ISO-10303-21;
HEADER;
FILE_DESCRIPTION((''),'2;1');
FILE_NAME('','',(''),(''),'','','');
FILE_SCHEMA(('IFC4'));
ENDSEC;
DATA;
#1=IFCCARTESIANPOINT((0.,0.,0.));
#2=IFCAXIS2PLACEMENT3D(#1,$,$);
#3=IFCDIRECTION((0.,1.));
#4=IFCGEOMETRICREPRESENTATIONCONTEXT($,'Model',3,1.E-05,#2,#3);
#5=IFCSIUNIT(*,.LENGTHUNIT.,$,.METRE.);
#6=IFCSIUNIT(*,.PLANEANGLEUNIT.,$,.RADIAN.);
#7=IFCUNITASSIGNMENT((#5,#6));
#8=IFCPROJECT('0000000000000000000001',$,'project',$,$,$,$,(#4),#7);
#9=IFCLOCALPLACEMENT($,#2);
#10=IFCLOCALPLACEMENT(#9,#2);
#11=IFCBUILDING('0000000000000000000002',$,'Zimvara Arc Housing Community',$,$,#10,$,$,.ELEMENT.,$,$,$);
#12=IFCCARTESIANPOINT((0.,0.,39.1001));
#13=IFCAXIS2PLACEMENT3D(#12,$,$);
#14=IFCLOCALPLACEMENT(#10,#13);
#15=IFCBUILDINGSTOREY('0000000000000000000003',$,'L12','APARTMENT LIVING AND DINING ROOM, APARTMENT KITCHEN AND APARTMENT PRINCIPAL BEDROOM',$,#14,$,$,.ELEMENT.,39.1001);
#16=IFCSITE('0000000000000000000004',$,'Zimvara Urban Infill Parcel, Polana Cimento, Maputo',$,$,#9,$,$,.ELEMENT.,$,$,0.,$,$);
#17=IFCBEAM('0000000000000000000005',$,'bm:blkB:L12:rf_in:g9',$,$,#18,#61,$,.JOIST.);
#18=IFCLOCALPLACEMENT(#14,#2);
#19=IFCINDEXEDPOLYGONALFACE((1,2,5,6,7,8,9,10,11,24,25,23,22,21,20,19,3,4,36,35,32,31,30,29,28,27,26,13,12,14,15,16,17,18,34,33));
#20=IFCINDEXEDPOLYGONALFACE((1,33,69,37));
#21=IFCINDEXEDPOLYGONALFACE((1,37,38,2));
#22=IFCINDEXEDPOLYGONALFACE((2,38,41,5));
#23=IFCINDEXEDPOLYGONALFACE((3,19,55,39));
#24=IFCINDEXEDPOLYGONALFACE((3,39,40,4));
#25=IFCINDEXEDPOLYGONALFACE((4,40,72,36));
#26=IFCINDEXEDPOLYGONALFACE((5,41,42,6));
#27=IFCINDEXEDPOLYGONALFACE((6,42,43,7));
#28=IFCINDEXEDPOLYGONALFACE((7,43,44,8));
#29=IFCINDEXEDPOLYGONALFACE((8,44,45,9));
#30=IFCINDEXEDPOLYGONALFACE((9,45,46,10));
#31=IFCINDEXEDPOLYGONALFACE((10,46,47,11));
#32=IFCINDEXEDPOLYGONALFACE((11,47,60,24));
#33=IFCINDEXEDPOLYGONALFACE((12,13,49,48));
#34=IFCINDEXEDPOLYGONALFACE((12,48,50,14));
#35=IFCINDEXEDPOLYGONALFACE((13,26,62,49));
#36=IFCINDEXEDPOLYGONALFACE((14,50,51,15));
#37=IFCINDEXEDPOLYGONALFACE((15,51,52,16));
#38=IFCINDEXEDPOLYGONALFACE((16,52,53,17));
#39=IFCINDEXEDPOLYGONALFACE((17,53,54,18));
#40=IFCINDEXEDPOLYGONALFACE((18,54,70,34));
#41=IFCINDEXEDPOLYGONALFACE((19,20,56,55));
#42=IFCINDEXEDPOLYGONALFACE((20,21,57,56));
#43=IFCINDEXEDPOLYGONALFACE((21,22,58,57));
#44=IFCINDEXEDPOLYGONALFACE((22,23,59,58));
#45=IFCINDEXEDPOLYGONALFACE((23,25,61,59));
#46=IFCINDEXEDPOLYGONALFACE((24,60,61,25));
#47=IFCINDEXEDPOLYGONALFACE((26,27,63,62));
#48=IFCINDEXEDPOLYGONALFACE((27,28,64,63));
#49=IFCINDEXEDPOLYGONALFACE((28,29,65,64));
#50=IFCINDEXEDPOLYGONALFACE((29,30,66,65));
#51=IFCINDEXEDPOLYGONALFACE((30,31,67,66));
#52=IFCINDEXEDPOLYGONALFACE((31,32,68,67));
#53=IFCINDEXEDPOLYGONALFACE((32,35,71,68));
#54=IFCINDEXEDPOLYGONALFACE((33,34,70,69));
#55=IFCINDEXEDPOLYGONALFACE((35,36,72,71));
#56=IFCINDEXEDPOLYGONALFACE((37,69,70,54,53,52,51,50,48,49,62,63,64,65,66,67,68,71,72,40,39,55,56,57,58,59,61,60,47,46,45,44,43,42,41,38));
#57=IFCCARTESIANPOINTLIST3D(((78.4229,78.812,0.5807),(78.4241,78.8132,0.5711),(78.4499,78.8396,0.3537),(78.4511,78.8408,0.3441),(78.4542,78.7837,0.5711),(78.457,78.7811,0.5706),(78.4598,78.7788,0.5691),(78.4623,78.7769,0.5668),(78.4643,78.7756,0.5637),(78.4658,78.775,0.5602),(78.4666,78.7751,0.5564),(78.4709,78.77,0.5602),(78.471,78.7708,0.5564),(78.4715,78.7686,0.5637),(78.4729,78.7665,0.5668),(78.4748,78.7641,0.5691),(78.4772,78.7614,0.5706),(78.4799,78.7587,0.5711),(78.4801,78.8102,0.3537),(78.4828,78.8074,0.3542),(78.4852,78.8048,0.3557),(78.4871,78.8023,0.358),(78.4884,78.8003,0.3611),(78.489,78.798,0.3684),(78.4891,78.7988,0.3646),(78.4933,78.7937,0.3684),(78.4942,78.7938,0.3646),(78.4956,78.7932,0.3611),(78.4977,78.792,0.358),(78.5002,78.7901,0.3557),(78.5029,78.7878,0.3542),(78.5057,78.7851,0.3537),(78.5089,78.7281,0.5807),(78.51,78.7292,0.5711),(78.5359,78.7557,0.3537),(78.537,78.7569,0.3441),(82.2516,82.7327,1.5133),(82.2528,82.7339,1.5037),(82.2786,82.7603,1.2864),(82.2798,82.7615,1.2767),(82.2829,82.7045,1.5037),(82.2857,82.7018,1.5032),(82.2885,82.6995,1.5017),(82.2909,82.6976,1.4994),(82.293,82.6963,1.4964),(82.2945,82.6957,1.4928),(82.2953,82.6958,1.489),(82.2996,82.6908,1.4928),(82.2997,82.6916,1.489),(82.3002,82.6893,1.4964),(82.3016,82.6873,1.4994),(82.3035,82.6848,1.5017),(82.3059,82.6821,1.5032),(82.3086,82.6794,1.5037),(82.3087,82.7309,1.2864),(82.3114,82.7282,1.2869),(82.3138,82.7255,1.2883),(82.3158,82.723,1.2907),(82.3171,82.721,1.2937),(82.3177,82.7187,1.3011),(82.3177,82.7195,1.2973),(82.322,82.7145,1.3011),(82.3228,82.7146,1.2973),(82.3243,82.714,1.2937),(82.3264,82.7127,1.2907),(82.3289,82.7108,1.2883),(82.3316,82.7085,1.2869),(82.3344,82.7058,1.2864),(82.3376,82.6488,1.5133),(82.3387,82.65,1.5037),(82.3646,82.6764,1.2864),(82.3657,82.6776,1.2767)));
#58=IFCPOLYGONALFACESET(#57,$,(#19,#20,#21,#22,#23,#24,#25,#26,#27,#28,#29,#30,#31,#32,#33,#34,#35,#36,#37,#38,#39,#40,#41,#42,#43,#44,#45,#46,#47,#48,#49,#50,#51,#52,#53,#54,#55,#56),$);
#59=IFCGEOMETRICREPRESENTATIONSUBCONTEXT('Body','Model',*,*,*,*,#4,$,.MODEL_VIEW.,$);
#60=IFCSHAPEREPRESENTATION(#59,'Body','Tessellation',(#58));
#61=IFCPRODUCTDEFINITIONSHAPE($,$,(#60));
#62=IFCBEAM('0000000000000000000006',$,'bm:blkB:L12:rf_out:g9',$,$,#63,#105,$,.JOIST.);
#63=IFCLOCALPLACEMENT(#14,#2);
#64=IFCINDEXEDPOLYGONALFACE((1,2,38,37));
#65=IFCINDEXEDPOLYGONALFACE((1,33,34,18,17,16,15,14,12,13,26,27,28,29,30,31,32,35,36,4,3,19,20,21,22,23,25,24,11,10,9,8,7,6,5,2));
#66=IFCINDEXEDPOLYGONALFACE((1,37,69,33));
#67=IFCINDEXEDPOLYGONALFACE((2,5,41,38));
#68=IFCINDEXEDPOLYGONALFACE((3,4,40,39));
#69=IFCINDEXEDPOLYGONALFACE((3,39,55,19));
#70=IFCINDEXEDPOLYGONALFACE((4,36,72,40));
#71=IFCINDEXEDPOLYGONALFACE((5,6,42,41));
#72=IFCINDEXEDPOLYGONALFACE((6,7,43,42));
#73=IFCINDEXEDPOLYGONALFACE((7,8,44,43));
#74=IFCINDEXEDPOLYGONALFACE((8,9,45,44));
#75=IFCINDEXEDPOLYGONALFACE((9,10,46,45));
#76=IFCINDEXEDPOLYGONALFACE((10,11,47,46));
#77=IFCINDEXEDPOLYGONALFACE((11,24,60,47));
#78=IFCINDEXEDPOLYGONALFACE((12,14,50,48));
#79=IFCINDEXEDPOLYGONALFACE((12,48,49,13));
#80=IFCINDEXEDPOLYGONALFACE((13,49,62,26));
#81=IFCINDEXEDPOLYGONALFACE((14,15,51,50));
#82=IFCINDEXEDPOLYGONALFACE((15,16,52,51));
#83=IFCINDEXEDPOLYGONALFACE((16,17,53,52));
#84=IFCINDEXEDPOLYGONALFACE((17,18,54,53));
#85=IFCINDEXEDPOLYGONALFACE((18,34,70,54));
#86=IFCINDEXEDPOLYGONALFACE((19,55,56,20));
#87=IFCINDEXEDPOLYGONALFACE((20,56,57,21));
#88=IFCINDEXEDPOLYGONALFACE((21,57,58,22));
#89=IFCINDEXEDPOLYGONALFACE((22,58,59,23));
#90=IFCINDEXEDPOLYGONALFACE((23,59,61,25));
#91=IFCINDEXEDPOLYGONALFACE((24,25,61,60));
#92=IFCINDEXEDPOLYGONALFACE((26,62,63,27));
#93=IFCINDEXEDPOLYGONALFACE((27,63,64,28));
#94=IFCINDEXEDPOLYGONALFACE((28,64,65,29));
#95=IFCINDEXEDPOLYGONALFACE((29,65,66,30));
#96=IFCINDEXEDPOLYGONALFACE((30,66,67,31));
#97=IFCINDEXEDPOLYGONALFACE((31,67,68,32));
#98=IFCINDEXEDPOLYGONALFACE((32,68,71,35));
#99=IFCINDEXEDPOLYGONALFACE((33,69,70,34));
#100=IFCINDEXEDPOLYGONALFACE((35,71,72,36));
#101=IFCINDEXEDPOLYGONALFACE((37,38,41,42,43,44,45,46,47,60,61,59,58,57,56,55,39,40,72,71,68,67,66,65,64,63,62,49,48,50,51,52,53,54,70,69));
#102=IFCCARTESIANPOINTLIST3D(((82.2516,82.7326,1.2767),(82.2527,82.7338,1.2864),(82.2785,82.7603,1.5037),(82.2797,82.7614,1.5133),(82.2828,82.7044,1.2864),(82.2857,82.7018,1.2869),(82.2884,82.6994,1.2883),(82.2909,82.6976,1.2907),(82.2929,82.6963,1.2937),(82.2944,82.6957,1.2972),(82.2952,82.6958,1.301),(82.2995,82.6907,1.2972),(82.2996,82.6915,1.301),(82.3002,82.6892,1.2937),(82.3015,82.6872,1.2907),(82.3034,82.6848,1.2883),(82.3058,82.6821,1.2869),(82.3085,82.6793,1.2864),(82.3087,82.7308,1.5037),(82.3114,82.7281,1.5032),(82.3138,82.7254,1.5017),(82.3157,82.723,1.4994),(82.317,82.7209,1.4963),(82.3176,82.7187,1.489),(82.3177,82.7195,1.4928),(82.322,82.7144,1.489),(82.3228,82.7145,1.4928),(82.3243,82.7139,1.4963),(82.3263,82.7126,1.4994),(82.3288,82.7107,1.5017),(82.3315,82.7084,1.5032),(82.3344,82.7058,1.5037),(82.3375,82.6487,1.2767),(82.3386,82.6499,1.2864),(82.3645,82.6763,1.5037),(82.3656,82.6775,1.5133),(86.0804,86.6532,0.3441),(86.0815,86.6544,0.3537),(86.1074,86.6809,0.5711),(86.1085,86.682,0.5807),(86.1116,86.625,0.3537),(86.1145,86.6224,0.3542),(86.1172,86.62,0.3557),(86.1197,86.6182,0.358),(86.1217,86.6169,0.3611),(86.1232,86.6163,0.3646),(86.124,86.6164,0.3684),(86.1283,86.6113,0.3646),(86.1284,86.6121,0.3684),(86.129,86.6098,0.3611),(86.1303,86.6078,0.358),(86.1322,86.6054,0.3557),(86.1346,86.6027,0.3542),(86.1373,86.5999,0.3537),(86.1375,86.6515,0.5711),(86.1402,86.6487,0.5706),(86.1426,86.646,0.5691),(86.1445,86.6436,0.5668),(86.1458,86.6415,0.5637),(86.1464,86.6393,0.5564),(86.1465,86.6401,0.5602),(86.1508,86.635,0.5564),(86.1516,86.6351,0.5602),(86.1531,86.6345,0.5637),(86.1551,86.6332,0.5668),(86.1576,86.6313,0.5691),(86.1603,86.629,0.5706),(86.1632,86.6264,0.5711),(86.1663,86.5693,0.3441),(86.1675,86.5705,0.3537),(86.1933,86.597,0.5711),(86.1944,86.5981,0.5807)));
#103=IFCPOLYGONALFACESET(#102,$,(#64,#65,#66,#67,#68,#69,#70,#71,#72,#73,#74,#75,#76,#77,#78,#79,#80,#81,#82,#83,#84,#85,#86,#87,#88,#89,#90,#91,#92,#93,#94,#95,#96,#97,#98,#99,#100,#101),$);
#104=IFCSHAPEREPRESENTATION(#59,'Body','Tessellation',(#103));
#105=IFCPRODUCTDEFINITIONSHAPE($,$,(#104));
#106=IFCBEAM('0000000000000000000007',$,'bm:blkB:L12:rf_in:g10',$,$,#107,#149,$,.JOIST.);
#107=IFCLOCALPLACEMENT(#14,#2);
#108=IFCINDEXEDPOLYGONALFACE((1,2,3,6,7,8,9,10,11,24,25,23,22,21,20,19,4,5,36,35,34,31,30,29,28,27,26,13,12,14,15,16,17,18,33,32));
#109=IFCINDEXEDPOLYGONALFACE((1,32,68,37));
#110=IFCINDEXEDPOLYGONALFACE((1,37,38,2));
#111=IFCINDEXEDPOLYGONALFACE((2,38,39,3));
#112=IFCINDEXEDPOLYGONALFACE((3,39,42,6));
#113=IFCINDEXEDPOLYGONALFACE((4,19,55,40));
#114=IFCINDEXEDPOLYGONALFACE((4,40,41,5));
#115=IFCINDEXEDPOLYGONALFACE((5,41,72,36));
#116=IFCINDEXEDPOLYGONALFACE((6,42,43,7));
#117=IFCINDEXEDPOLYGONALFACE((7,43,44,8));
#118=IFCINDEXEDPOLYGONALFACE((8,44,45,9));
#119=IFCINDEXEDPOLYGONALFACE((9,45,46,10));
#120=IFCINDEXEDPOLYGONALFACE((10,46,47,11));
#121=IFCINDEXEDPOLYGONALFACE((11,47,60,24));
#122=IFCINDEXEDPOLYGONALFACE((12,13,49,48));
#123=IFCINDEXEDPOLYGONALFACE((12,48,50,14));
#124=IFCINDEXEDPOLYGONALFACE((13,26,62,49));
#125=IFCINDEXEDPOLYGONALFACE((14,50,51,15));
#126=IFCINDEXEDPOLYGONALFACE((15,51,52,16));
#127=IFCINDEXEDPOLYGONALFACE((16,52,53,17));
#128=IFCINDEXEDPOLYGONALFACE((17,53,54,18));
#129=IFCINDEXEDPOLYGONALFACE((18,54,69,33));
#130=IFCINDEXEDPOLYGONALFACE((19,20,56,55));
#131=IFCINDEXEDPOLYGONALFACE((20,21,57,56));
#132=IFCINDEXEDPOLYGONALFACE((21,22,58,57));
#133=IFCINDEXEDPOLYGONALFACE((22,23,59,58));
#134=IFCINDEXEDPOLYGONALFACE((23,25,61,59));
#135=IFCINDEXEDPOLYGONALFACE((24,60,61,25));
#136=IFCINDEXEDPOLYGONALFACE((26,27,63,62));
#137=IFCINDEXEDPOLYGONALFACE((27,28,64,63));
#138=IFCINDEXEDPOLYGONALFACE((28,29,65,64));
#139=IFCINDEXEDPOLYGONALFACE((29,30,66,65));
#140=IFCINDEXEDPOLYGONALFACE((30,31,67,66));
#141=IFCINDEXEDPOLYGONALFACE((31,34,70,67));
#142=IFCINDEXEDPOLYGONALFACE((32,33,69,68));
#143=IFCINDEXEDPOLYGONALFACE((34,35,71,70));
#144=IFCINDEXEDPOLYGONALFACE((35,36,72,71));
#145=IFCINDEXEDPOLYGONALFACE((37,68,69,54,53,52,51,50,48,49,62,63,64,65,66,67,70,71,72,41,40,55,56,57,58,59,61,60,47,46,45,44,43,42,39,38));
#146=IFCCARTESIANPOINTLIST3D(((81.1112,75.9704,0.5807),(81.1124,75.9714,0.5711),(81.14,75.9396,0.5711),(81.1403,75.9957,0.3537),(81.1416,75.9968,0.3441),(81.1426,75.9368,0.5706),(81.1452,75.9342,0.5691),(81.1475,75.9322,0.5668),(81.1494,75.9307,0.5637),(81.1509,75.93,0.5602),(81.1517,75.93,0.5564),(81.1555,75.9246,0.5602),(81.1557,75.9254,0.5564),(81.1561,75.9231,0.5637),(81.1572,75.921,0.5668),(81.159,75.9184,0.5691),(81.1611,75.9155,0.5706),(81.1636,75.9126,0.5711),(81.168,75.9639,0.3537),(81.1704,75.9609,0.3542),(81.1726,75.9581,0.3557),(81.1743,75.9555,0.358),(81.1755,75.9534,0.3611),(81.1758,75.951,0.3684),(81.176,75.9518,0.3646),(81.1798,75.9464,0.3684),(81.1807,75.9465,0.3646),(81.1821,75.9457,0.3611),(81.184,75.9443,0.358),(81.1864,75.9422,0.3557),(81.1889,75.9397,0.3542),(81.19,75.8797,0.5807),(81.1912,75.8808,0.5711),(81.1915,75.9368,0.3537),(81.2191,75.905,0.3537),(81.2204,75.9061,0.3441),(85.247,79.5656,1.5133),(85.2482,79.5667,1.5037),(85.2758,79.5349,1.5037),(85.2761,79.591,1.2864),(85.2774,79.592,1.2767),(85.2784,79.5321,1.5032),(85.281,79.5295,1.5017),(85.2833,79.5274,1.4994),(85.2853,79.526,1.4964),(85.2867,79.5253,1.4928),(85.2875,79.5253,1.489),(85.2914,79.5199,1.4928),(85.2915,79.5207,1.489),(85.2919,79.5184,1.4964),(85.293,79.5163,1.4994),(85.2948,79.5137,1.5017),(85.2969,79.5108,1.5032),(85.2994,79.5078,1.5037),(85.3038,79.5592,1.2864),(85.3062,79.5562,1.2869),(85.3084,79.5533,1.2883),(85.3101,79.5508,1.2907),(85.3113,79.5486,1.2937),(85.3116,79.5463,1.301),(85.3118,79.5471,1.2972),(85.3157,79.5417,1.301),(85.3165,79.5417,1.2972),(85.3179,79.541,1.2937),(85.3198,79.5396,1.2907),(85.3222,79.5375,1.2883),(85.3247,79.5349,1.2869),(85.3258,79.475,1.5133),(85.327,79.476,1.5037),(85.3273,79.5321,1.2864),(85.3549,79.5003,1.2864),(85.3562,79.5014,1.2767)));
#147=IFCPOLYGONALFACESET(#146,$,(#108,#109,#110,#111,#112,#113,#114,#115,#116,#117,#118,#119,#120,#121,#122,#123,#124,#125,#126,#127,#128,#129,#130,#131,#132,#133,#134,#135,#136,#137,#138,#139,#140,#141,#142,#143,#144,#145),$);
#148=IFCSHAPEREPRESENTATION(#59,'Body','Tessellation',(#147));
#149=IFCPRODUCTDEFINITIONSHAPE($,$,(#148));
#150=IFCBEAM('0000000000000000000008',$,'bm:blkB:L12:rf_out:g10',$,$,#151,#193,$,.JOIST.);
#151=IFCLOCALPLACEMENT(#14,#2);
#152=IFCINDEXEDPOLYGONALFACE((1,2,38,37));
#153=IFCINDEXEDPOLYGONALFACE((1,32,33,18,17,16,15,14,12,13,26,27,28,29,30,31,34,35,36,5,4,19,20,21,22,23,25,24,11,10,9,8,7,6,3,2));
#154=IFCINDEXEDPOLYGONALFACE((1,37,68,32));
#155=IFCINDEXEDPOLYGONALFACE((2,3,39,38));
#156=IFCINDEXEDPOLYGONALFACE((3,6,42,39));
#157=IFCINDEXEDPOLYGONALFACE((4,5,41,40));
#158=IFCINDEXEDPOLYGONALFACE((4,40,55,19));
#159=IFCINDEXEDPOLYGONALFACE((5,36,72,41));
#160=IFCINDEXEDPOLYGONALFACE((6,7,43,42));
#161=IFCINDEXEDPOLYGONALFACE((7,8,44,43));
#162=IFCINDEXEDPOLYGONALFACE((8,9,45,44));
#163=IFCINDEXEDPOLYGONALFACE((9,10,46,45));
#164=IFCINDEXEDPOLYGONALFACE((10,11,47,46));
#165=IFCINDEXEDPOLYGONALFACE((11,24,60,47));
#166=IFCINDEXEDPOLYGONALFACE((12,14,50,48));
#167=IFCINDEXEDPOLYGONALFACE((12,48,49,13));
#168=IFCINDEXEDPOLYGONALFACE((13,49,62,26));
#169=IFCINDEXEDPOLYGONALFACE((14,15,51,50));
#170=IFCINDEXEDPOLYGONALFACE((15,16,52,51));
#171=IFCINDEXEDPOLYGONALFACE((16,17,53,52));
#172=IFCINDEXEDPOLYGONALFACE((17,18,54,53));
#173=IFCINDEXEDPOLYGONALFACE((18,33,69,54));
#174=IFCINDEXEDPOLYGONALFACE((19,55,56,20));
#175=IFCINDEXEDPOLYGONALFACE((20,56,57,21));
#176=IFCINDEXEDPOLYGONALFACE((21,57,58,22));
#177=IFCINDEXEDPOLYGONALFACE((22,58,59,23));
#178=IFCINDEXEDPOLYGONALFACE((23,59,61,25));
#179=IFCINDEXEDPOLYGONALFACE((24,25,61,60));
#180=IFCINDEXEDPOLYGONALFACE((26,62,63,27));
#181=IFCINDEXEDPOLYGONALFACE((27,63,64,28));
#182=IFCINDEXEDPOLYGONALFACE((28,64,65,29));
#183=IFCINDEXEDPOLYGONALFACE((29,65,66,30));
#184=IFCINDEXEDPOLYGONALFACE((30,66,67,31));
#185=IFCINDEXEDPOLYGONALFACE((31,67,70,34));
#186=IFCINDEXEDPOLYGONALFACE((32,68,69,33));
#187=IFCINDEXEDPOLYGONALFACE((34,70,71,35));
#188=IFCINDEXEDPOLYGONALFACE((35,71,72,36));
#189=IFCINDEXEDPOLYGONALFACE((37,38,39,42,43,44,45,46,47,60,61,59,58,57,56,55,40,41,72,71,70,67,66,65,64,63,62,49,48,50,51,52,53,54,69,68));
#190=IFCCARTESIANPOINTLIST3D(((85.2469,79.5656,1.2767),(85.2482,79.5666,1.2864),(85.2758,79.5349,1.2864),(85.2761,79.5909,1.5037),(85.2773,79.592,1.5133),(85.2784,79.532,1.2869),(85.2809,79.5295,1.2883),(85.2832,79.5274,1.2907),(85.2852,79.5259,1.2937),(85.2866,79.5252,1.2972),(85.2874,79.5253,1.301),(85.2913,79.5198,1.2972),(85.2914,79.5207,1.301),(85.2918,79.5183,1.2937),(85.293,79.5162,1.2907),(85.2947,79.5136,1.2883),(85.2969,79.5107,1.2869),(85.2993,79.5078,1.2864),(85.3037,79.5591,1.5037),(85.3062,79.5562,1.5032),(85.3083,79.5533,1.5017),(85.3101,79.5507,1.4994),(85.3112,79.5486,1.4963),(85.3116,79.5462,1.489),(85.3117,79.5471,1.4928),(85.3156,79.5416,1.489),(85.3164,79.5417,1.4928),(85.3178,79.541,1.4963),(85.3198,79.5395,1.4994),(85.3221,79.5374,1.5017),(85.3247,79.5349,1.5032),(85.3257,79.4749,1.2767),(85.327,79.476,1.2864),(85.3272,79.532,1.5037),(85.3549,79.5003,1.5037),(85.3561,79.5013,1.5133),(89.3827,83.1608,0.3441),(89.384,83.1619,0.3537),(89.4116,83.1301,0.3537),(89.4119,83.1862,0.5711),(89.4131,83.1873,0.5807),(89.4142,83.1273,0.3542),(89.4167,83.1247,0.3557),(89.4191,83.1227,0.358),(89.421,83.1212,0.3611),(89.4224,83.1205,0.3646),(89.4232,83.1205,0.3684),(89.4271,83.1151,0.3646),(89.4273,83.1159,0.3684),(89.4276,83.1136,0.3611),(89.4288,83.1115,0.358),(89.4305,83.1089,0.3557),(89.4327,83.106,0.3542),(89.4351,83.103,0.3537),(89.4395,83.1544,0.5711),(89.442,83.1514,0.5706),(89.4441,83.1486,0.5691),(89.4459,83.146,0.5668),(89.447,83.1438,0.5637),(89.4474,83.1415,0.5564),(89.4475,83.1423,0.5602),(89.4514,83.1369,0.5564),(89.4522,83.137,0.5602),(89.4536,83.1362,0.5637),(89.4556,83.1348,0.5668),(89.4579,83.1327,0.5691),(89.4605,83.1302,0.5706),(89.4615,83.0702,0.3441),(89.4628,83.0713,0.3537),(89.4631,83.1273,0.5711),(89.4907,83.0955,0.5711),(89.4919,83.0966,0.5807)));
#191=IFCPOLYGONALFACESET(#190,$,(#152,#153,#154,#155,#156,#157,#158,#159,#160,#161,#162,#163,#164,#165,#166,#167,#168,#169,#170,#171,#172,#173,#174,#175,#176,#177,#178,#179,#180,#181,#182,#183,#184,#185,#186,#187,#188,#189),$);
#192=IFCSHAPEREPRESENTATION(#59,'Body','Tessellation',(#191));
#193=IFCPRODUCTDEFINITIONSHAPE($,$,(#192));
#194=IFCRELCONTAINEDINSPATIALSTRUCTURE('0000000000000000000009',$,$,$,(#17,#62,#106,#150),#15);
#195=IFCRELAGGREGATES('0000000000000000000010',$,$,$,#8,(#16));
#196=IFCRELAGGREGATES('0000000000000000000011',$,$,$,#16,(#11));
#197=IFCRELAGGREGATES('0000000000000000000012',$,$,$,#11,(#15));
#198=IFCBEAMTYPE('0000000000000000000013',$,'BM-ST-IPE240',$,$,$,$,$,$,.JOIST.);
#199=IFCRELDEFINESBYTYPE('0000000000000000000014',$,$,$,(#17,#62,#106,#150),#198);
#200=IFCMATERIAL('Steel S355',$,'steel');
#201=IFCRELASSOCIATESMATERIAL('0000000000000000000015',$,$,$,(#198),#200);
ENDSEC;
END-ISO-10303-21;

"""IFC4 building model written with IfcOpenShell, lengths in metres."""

from ifc_helpers import new_model, si_unit, direction, frame, origin, origin_2d, place, context, subcontext, project, spatial, i_section, extrude, material, material_profile, profile_set, type_object, element, save


model = new_model("IFC4")

# Units and contexts
model_context = context("Model", 3, precision=1e-05, world=origin(), true_north=direction((0.0, 1.0)))
body_context = subcontext(model_context, "Body", "Model", "MODEL_VIEW")
ifc_project = project(units=[si_unit("LENGTHUNIT", "METRE"), si_unit("PLANEANGLEUNIT", "RADIAN")], contexts=[model_context])

# Site, building, storey
site_placement = place(None, origin())
site = spatial("IfcSite", under=ifc_project, at=site_placement, Name="Zimvara Urban Infill Parcel, Polana Cimento, Maputo", CompositionType="ELEMENT", RefElevation=0.0)
building_placement = place(site_placement, origin())
building = spatial("IfcBuilding", under=site, at=building_placement, Name="Zimvara Arc Housing Community", CompositionType="ELEMENT")
storey_placement = place(building_placement, frame((0.0, 0.0, 39.1001)))
storey = spatial("IfcBuildingStorey", under=building, at=storey_placement, Name="L12", Description="APARTMENT LIVING AND DINING ROOM, APARTMENT KITCHEN AND APARTMENT PRINCIPAL BEDROOM", CompositionType="ELEMENT", Elevation=39.1001)

# Beams
ifc_material_1 = material(Name="Steel S355", Category="steel")
ifc_material_profile_1 = material_profile(ifc_material_1, i_section(OverallWidth=0.1201, OverallDepth=0.24, WebThickness=0.0061, FlangeThickness=0.0098, FilletRadius=0.0149, at=origin_2d()), Name="IPE 240")
ifc_profile_set_1 = profile_set([ifc_material_profile_1], Name="Steel S355")
beam_type_1 = type_object("IfcBeamType", Name="BM-ST-IPE240", PredefinedType="JOIST", material=ifc_profile_set_1)
for number, where, z_axis, x_axis, name in (
    (1, (78.48, 78.7844, 0.4624), (0.688756, 0.705314, 0.167775), (-0.715455, 0.698659, 0.0), "bm:blkB:L12:rf_in:g9"),
    (2, (82.3086, 82.7051, 1.395), (0.688779, 0.705292, -0.16777), (-0.715433, 0.698682, 0.0), "bm:blkB:L12:rf_out:g9"),
    (3, (81.1658, 75.9382, 0.4624), (0.744006, 0.646767, 0.167775), (-0.656066, 0.754703, 0.0), "bm:blkB:L12:rf_in:g10"),
    (4, (85.3015, 79.5334, 1.395), (0.744006, 0.646767, -0.167775), (-0.656066, 0.754703, 0.0), "bm:blkB:L12:rf_out:g10"),
):
    element("IfcBeam", number, at=place(storey_placement, frame(where, z_axis=z_axis, x_axis=x_axis)), inside=storey, type_object=beam_type_1, Name=name, PredefinedType="JOIST", context=body_context, shape_type="SweptSolid", body=[
        extrude(i_section(OverallWidth=0.1201, OverallDepth=0.24, WebThickness=0.0061, FlangeThickness=0.0098, FilletRadius=0.0149, at=origin_2d()), origin(), (0.0, 0.0, 1.0), 5.5588),
    ])

save(model, "model.ifc")
